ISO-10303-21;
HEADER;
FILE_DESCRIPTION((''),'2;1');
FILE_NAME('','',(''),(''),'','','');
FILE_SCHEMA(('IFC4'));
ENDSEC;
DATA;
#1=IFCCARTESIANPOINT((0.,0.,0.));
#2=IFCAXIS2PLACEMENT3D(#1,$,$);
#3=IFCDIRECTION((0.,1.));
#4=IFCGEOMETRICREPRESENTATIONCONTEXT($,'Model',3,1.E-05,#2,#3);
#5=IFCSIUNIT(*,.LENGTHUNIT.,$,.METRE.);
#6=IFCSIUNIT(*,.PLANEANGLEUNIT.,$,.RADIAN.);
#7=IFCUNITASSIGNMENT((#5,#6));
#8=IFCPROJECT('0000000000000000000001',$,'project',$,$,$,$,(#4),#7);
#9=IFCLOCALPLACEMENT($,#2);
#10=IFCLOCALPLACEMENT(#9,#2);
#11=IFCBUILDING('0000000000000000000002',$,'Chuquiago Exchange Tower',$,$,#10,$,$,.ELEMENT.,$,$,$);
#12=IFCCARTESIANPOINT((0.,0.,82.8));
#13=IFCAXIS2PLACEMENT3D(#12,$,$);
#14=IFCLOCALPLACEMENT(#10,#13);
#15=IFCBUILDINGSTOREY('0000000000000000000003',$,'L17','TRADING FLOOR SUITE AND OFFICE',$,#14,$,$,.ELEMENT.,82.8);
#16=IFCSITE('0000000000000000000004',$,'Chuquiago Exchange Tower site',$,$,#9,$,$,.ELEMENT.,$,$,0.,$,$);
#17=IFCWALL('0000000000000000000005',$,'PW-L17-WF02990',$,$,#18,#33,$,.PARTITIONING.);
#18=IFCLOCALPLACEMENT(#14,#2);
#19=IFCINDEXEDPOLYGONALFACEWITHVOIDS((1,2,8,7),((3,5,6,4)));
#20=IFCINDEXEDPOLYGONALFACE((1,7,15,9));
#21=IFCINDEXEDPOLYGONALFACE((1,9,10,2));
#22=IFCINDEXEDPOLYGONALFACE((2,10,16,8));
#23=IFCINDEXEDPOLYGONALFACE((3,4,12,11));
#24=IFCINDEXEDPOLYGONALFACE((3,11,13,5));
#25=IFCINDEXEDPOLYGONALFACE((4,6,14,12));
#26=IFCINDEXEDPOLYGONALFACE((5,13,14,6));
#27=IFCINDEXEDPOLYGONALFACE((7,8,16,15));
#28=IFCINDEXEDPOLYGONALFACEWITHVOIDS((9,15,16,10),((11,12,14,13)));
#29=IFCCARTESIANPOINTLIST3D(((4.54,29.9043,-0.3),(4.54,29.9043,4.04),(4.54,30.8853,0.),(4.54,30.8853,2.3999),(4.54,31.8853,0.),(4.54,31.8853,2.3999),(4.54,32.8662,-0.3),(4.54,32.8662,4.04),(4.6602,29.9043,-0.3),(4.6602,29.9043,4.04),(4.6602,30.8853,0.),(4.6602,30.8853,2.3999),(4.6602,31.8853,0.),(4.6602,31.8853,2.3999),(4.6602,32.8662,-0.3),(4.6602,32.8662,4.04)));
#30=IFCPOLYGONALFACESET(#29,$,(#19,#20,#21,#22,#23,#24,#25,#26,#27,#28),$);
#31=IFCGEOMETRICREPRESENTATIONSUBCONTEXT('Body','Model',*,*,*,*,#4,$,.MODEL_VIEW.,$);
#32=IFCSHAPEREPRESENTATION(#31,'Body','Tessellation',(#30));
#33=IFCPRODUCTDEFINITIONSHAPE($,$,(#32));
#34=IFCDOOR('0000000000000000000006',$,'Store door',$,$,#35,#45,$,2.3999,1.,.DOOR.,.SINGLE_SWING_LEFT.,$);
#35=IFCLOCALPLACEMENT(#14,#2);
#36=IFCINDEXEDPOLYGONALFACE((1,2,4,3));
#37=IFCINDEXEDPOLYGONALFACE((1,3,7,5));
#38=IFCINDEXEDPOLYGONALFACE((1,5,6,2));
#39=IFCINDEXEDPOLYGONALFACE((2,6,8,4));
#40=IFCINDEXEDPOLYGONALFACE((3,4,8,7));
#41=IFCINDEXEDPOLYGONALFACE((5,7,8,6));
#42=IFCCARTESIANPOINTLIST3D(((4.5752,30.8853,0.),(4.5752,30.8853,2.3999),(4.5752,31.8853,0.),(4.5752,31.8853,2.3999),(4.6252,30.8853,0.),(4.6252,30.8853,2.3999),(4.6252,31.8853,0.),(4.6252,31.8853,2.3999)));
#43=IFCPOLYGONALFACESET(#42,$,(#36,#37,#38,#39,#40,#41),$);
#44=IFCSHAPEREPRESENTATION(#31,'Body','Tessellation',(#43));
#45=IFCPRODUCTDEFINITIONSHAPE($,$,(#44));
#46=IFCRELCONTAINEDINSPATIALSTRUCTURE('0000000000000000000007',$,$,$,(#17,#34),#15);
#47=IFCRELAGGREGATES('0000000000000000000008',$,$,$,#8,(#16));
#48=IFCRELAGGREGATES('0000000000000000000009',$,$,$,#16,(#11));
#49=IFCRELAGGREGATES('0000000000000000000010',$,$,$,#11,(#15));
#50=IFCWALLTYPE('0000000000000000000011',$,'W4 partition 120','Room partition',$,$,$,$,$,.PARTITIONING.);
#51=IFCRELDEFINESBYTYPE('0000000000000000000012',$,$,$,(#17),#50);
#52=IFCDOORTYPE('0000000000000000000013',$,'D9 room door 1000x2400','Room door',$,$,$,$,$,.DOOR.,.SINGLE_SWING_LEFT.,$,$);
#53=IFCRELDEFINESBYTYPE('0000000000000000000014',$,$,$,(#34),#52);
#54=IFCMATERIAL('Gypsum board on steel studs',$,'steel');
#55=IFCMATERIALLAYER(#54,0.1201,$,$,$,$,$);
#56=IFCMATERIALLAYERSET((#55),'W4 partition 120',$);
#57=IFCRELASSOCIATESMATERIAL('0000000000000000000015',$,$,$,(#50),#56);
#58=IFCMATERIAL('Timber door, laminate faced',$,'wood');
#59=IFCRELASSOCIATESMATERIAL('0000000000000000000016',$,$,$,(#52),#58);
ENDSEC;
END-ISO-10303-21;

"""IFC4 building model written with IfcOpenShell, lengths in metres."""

from ifc_helpers import new_model, si_unit, direction, frame, frame_2d, origin, place, context, subcontext, project, spatial, rectangle, extrude, material, layer, layer_set, type_object, element, fill, save


model = new_model("IFC4")

# Units and contexts
model_context = context("Model", 3, precision=1e-05, world=origin(), true_north=direction((0.0, 1.0)))
body_context = subcontext(model_context, "Body", "Model", "MODEL_VIEW")
ifc_project = project(units=[si_unit("LENGTHUNIT", "METRE"), si_unit("PLANEANGLEUNIT", "RADIAN")], contexts=[model_context])

# Site, building, storey
site_placement = place(None, origin())
site = spatial("IfcSite", under=ifc_project, at=site_placement, Name="Chuquiago Exchange Tower site", CompositionType="ELEMENT", RefElevation=0.0)
building_placement = place(site_placement, origin())
building = spatial("IfcBuilding", under=site, at=building_placement, Name="Chuquiago Exchange Tower", CompositionType="ELEMENT")
storey_placement = place(building_placement, frame((0.0, 0.0, 82.8)))
storey = spatial("IfcBuildingStorey", under=building, at=storey_placement, Name="L17", Description="TRADING FLOOR SUITE AND OFFICE", CompositionType="ELEMENT", Elevation=82.8)

# Shared definitions
ifc_material_1 = material(Name="Gypsum board on steel studs", Category="steel")
ifc_layer_1 = layer(ifc_material_1, 0.1201)
ifc_layer_set_1 = layer_set([ifc_layer_1], Name="W4 partition 120")
wall_type = type_object("IfcWallType", Name="W4 partition 120", Description="Room partition", PredefinedType="PARTITIONING", material=ifc_layer_set_1)

# Wall, opening, door
ifc_material_2 = material(Name="Timber door, laminate faced", Category="wood")
door_type_1 = type_object("IfcDoorType", Name="D9 room door 1000x2400", Description="Room door", OperationType="SINGLE_SWING_LEFT", PredefinedType="DOOR", material=ifc_material_2)
wall_1_placement = place(storey_placement, frame((4.6001, 29.9043, -0.3), z_axis=(0.0, 0.0, 1.0), x_axis=(0.0, 1.0, 0.0)))
wall_1 = element("IfcWall", 1, at=wall_1_placement, inside=storey, type_object=wall_type, Name="PW-L17-WF02990", PredefinedType="PARTITIONING", context=body_context, shape_type="SweptSolid", body=[
    extrude(rectangle(XDim=2.9619, YDim=0.1201, at=frame_2d((1.481, 0.0))), origin(), (0.0, 0.0, 1.0), 4.3401),
])
opening_1_placement = place(wall_1_placement, frame((0.981, 0.0, 0.3)))
opening_1 = element("IfcOpeningElement", 2, at=opening_1_placement, cuts=wall_1, PredefinedType="OPENING", context=body_context, shape_type="SweptSolid", body=[
    extrude(rectangle(XDim=1.0, YDim=2.3999, at=frame_2d((0.5, 1.2))), frame((0.0, 0.0701, 0.0), z_axis=(0.0, -1.0, 0.0), x_axis=(1.0, 0.0, 0.0)), (0.0, 0.0, 1.0), 0.1401),
])
door_1_placement = place(opening_1_placement, origin())
door_1 = element("IfcDoor", 3, at=door_1_placement, inside=storey, type_object=door_type_1, Name="Store door", OperationType="SINGLE_SWING_LEFT", OverallHeight=2.3999, OverallWidth=1.0, PredefinedType="DOOR", context=body_context, shape_type="SweptSolid", body=[
    extrude(rectangle(XDim=1.0, YDim=2.3999, at=frame_2d((0.5, 1.2))), frame((0.0, 0.0249, 0.0), z_axis=(0.0, -1.0, 0.0), x_axis=(1.0, 0.0, 0.0)), (0.0, 0.0, 1.0), 0.05),
])
fill(opening_1, door_1)

save(model, "model.ifc")
